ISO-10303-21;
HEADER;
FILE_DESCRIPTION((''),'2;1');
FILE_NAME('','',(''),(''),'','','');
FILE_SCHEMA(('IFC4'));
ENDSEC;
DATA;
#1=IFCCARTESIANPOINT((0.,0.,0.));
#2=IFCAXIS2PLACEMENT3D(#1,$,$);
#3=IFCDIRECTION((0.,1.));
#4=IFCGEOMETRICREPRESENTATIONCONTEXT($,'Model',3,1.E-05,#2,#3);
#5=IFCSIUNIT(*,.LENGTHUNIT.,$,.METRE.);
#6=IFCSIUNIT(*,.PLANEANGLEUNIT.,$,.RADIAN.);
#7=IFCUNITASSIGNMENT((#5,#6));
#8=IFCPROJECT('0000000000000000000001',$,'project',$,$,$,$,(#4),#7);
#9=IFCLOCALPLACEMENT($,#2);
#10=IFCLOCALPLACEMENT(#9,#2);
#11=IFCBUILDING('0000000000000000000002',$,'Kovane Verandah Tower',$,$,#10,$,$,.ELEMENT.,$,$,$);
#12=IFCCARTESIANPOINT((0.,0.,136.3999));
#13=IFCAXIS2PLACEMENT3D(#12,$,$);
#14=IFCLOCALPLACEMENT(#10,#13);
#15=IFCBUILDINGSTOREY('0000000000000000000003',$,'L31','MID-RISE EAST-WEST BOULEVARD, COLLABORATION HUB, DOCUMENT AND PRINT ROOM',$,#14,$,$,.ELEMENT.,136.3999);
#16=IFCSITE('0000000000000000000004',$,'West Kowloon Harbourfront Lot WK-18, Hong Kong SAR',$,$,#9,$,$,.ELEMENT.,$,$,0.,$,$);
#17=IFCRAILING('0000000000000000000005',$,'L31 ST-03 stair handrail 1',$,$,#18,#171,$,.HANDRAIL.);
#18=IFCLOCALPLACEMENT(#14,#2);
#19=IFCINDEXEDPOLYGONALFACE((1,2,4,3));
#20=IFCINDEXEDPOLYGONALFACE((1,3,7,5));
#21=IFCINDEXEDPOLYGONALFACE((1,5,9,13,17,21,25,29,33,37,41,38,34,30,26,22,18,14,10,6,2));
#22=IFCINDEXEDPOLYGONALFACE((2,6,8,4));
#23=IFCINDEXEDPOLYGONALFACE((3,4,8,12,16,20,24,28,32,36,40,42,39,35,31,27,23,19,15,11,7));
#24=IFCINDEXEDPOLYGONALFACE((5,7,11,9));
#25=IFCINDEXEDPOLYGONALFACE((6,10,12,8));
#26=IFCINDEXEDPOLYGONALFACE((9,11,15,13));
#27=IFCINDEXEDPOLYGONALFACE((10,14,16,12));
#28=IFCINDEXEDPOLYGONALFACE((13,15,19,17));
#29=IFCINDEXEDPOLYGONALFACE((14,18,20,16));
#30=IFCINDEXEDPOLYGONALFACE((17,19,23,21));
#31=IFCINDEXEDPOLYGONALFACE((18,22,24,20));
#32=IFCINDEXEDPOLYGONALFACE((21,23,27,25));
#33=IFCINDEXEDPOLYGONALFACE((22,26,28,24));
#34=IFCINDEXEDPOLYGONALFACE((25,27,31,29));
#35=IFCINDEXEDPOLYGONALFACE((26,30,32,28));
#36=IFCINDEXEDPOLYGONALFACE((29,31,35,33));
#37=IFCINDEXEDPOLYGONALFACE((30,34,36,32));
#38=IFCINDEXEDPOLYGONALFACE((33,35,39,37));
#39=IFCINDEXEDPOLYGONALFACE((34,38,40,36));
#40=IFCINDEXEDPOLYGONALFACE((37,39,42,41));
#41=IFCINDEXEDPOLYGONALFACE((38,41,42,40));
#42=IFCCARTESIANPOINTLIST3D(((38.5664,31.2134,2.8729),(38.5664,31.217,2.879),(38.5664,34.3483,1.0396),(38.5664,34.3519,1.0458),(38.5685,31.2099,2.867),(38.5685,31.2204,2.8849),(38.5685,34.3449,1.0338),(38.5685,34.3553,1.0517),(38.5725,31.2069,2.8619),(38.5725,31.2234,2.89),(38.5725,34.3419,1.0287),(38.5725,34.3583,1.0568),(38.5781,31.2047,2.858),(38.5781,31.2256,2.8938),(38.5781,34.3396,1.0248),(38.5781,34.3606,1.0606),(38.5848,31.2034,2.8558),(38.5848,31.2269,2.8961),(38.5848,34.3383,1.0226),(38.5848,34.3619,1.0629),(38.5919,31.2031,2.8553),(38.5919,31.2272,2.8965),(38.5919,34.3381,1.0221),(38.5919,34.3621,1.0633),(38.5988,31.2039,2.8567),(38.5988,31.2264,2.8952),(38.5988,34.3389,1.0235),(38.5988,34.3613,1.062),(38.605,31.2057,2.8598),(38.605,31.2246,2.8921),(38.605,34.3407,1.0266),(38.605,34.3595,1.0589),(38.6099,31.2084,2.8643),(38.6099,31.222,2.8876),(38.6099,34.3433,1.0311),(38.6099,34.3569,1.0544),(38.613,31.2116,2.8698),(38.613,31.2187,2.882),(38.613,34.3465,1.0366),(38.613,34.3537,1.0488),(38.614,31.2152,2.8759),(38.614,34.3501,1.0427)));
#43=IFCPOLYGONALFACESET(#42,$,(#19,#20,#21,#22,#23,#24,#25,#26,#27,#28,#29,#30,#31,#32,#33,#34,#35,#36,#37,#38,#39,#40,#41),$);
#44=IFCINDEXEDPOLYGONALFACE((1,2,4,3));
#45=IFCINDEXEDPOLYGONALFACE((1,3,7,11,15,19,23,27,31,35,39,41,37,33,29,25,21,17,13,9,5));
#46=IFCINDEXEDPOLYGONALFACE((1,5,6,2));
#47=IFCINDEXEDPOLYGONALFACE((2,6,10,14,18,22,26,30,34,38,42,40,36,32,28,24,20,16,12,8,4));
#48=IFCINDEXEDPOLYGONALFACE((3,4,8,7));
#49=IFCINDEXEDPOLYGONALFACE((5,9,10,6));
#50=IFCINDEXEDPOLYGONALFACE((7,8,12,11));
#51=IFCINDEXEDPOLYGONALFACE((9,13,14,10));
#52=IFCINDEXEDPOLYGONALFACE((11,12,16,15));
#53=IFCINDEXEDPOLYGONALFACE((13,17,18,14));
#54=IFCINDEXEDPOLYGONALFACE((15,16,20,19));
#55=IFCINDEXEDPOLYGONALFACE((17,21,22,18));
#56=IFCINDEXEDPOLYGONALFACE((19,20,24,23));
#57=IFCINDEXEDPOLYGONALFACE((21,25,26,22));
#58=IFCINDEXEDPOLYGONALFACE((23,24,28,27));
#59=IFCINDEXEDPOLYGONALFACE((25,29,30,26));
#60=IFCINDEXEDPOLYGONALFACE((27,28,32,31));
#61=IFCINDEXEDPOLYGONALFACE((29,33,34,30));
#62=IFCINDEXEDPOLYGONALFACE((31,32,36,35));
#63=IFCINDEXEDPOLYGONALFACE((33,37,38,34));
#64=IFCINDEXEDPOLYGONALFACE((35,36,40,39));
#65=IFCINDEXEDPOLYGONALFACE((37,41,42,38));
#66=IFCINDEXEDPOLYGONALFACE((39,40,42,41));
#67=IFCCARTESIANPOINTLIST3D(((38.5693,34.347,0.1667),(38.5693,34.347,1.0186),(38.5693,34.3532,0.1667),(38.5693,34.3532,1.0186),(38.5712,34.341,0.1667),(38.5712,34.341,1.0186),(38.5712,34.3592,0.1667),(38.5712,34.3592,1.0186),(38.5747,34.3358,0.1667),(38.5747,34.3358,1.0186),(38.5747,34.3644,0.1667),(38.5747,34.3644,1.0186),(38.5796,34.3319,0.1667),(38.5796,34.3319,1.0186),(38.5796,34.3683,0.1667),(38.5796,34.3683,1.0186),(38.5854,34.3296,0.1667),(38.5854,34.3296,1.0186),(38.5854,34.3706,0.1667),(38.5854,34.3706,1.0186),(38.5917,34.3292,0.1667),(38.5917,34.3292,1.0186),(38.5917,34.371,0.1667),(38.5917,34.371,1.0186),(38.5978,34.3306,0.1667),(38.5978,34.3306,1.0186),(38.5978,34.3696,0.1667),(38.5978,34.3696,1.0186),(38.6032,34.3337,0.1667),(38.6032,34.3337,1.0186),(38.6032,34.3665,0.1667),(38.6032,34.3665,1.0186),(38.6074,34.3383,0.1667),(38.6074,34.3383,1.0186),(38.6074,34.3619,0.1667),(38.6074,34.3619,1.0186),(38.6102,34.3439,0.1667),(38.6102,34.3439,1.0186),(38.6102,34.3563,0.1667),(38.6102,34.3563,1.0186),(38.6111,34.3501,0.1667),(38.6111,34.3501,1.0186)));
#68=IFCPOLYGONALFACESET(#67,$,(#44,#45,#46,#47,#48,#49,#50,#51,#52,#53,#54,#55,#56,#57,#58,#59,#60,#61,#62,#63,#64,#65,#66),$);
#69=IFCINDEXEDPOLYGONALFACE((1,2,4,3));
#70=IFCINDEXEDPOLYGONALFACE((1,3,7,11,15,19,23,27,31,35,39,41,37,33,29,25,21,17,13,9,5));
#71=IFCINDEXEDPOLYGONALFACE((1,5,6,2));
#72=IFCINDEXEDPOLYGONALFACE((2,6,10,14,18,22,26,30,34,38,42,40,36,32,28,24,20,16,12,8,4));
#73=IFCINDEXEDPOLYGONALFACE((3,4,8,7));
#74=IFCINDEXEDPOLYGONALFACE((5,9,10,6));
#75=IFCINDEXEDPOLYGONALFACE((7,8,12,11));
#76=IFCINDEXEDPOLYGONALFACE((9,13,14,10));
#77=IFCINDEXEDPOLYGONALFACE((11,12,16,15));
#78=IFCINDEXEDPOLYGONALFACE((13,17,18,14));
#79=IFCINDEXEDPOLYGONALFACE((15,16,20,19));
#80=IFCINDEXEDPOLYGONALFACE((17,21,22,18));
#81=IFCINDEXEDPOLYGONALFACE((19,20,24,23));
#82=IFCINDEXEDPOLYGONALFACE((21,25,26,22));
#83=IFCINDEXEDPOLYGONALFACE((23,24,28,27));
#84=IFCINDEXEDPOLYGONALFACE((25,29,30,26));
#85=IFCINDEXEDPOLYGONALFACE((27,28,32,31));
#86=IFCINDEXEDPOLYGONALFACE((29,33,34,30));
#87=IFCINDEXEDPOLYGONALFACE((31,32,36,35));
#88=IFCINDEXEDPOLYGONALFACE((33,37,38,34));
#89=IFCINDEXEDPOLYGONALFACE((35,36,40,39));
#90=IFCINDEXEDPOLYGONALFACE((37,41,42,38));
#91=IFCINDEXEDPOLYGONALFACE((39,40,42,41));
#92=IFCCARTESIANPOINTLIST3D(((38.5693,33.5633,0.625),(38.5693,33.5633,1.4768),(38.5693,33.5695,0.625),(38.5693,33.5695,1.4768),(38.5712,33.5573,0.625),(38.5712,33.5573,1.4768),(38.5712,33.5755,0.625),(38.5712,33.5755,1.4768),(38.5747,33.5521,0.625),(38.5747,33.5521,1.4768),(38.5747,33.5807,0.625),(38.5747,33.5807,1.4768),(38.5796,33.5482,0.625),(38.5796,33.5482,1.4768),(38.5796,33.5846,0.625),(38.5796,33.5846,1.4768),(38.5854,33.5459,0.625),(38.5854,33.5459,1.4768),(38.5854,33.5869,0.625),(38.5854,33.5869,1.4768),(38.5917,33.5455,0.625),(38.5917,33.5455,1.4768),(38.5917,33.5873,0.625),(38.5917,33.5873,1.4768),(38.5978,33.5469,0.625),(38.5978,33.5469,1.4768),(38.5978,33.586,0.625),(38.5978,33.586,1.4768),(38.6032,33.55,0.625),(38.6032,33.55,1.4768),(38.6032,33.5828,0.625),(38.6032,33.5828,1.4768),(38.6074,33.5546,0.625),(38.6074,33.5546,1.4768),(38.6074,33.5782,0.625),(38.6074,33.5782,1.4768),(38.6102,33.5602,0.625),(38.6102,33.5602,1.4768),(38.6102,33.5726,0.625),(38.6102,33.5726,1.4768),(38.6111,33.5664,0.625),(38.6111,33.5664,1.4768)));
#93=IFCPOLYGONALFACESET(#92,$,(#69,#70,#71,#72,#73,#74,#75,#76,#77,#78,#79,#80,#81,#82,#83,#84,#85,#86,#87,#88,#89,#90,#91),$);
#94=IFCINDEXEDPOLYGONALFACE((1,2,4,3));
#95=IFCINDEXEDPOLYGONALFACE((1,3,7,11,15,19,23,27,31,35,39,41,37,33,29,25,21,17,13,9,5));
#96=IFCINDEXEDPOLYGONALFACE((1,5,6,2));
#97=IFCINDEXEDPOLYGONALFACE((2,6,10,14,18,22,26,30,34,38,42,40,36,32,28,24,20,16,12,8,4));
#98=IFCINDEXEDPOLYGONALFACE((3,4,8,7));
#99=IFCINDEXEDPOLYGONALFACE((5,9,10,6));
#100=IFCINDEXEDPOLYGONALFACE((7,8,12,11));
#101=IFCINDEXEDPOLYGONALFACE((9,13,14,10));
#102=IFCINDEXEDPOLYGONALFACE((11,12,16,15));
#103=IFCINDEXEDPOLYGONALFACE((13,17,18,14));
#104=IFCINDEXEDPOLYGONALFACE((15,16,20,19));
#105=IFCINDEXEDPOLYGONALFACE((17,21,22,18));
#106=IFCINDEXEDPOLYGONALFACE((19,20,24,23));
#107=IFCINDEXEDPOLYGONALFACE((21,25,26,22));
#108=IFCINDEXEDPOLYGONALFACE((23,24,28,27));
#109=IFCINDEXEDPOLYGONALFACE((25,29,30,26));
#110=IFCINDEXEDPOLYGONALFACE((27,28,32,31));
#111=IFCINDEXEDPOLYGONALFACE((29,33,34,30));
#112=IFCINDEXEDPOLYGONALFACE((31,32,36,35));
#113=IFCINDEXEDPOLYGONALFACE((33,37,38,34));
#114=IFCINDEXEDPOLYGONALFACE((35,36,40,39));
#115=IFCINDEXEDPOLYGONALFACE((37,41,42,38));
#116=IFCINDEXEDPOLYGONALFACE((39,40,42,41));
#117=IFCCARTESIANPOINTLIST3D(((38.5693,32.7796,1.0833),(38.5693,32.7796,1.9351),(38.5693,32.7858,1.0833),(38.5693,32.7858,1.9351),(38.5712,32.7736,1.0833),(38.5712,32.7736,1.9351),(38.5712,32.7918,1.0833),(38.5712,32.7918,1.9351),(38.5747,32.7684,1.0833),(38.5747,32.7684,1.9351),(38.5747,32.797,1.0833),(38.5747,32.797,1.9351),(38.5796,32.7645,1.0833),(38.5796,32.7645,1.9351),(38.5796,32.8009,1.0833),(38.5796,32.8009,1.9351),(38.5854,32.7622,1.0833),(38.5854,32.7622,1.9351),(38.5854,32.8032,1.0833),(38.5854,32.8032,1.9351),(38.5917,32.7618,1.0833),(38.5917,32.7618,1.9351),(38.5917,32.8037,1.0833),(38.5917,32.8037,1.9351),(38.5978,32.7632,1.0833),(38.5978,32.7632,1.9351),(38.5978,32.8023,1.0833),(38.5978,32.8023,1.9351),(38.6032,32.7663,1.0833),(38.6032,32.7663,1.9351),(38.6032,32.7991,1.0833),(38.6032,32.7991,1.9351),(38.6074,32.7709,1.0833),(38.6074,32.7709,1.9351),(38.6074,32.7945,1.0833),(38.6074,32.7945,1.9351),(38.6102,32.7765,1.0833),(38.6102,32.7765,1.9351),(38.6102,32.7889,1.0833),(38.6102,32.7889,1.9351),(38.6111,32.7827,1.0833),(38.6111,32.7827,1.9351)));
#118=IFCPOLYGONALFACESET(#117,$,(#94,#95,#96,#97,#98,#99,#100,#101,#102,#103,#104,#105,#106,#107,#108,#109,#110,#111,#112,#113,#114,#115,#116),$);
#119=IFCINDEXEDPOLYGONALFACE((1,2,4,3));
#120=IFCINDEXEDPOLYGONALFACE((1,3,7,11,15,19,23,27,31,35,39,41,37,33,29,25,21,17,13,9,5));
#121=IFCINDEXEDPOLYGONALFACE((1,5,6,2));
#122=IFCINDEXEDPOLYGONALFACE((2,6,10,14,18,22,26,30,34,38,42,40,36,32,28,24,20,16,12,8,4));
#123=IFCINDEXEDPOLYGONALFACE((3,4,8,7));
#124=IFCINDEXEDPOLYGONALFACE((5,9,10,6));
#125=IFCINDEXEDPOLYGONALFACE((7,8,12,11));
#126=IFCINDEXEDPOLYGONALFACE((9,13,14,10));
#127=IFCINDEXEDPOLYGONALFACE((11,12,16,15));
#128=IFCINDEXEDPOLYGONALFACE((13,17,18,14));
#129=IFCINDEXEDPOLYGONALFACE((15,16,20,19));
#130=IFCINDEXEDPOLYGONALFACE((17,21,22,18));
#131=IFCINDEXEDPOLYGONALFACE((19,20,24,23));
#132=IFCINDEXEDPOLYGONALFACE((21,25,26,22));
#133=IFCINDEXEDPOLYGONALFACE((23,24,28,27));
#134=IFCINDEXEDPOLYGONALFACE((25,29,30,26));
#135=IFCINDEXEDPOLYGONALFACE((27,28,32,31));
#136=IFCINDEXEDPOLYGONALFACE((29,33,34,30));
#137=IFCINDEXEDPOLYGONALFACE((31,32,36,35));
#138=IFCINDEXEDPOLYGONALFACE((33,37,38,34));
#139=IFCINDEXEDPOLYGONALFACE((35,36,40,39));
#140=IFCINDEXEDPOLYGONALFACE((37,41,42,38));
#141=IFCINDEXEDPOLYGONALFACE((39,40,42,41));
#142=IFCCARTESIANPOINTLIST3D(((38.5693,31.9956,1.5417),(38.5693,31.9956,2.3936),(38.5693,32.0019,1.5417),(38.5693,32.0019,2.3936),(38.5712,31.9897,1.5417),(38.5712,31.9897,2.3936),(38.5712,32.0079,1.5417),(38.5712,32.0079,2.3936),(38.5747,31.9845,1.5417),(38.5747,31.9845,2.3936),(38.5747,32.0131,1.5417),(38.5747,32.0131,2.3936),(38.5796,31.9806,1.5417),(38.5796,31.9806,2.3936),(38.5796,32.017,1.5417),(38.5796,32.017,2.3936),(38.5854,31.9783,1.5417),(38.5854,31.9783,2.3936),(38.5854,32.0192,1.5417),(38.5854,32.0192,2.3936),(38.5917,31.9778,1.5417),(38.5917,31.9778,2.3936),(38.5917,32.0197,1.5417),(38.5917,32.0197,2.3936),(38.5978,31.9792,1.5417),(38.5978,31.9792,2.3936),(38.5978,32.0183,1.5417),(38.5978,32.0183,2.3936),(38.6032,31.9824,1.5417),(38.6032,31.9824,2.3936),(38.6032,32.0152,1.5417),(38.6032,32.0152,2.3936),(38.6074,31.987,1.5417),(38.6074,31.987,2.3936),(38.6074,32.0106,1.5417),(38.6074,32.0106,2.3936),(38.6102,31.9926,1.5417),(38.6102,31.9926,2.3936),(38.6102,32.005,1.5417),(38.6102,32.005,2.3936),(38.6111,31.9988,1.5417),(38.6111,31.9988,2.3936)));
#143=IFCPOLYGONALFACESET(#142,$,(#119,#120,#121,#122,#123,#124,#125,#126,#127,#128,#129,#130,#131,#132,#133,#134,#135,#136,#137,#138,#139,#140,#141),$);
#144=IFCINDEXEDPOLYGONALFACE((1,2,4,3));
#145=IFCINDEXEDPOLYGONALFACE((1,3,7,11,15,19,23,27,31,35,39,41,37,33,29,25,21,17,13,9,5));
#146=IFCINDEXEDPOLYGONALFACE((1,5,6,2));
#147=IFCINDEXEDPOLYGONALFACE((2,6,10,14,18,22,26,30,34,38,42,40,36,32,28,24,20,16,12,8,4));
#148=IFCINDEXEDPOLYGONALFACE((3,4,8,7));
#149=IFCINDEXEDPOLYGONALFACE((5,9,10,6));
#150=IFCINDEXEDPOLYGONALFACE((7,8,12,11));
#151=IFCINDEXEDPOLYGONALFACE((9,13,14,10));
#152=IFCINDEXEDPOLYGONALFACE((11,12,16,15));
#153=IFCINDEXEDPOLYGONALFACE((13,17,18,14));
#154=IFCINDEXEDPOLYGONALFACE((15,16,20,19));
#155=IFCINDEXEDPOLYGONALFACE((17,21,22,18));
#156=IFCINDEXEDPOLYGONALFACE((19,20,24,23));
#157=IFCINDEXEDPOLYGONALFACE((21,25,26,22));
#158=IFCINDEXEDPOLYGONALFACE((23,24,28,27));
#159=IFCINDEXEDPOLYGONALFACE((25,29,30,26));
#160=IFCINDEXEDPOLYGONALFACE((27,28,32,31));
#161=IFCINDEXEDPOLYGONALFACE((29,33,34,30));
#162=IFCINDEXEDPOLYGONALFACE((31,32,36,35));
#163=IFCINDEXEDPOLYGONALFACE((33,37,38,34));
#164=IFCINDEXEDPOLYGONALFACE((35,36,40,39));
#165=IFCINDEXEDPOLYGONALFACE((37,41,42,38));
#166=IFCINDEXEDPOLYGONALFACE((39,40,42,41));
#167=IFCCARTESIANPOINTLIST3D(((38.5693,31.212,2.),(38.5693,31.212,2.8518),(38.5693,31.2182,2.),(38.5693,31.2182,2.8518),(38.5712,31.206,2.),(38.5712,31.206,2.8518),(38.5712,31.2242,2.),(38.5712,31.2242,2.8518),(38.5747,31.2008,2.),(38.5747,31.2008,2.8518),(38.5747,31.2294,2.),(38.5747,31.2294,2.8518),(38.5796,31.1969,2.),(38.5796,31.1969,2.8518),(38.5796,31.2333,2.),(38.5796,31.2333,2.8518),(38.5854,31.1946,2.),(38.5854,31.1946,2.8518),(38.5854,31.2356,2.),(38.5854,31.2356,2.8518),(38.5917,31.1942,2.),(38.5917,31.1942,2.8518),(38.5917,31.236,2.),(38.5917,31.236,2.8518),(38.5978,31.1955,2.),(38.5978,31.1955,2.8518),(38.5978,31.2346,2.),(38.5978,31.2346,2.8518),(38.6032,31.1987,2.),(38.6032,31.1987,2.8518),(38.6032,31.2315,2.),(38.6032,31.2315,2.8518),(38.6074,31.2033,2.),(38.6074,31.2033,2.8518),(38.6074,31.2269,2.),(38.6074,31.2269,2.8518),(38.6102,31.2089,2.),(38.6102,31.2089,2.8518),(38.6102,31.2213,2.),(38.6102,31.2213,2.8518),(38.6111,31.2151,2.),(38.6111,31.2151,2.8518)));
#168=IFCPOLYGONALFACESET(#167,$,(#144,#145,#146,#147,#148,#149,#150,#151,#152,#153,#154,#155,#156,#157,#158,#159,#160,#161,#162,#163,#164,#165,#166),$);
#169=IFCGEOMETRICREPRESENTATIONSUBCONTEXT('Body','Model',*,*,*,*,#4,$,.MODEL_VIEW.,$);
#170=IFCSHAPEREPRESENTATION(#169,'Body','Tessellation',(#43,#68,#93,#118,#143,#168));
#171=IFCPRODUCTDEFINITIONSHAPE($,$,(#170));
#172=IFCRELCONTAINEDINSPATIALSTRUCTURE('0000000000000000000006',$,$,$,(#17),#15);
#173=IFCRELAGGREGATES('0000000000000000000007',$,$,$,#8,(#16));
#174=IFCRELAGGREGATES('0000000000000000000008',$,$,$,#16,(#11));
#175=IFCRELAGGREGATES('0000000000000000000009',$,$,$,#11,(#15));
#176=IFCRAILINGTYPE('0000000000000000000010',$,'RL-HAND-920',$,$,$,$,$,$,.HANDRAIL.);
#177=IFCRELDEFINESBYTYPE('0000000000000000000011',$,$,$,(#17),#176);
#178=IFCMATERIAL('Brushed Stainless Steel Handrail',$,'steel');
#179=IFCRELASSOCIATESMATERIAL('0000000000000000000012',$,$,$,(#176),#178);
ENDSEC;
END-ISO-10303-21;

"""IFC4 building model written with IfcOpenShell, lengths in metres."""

from ifc_helpers import new_model, si_unit, direction, frame, origin, origin_2d, place, context, subcontext, project, spatial, circle, extrude, material, type_object, element, save


model = new_model("IFC4")

# Units and contexts
model_context = context("Model", 3, precision=1e-05, world=origin(), true_north=direction((0.0, 1.0)))
body_context = subcontext(model_context, "Body", "Model", "MODEL_VIEW")
ifc_project = project(units=[si_unit("LENGTHUNIT", "METRE"), si_unit("PLANEANGLEUNIT", "RADIAN")], contexts=[model_context])

# Site, building, storey
site_placement = place(None, origin())
site = spatial("IfcSite", under=ifc_project, at=site_placement, Name="West Kowloon Harbourfront Lot WK-18, Hong Kong SAR", CompositionType="ELEMENT", RefElevation=0.0)
building_placement = place(site_placement, origin())
building = spatial("IfcBuilding", under=site, at=building_placement, Name="Kovane Verandah Tower", CompositionType="ELEMENT")
storey_placement = place(building_placement, frame((0.0, 0.0, 136.3999)))
storey = spatial("IfcBuildingStorey", under=building, at=storey_placement, Name="L31", Description="MID-RISE EAST-WEST BOULEVARD, COLLABORATION HUB, DOCUMENT AND PRINT ROOM", CompositionType="ELEMENT", Elevation=136.3999)

# Railing
ifc_material_1 = material(Name="Brushed Stainless Steel Handrail", Category="steel")
railing_type_1 = type_object("IfcRailingType", Name="RL-HAND-920", PredefinedType="HANDRAIL", material=ifc_material_1)
railing_1_placement = place(storey_placement, frame((38.5901, 34.3501, 0.1667)))
element("IfcRailing", 1, at=railing_1_placement, inside=storey, type_object=railing_type_1, Name="L31 ST-03 stair handrail 1", PredefinedType="HANDRAIL", context=body_context, shape_type="SweptSolid", body=[
    extrude(circle(Radius=0.0239, at=origin_2d()), frame((0.0, 0.0, 0.876), z_axis=(0.0, -0.86324, 0.504794), x_axis=(1.0, 0.0, 0.0)), (0.0, 0.0, 1.0), 3.6316),
    extrude(circle(Radius=0.021, at=origin_2d()), origin(), (0.0, 0.0, 1.0), 0.8518),
    extrude(circle(Radius=0.021, at=origin_2d()), frame((0.0, -0.7837, 0.4583)), (0.0, 0.0, 1.0), 0.8518),
    extrude(circle(Radius=0.021, at=origin_2d()), frame((0.0, -1.5674, 0.9165)), (0.0, 0.0, 1.0), 0.8518),
    extrude(circle(Radius=0.021, at=origin_2d()), frame((0.0, -2.3513, 1.375)), (0.0, 0.0, 1.0), 0.8518),
    extrude(circle(Radius=0.021, at=origin_2d()), frame((0.0, -3.135, 1.8333)), (0.0, 0.0, 1.0), 0.8518),
])

save(model, "model.ifc")
